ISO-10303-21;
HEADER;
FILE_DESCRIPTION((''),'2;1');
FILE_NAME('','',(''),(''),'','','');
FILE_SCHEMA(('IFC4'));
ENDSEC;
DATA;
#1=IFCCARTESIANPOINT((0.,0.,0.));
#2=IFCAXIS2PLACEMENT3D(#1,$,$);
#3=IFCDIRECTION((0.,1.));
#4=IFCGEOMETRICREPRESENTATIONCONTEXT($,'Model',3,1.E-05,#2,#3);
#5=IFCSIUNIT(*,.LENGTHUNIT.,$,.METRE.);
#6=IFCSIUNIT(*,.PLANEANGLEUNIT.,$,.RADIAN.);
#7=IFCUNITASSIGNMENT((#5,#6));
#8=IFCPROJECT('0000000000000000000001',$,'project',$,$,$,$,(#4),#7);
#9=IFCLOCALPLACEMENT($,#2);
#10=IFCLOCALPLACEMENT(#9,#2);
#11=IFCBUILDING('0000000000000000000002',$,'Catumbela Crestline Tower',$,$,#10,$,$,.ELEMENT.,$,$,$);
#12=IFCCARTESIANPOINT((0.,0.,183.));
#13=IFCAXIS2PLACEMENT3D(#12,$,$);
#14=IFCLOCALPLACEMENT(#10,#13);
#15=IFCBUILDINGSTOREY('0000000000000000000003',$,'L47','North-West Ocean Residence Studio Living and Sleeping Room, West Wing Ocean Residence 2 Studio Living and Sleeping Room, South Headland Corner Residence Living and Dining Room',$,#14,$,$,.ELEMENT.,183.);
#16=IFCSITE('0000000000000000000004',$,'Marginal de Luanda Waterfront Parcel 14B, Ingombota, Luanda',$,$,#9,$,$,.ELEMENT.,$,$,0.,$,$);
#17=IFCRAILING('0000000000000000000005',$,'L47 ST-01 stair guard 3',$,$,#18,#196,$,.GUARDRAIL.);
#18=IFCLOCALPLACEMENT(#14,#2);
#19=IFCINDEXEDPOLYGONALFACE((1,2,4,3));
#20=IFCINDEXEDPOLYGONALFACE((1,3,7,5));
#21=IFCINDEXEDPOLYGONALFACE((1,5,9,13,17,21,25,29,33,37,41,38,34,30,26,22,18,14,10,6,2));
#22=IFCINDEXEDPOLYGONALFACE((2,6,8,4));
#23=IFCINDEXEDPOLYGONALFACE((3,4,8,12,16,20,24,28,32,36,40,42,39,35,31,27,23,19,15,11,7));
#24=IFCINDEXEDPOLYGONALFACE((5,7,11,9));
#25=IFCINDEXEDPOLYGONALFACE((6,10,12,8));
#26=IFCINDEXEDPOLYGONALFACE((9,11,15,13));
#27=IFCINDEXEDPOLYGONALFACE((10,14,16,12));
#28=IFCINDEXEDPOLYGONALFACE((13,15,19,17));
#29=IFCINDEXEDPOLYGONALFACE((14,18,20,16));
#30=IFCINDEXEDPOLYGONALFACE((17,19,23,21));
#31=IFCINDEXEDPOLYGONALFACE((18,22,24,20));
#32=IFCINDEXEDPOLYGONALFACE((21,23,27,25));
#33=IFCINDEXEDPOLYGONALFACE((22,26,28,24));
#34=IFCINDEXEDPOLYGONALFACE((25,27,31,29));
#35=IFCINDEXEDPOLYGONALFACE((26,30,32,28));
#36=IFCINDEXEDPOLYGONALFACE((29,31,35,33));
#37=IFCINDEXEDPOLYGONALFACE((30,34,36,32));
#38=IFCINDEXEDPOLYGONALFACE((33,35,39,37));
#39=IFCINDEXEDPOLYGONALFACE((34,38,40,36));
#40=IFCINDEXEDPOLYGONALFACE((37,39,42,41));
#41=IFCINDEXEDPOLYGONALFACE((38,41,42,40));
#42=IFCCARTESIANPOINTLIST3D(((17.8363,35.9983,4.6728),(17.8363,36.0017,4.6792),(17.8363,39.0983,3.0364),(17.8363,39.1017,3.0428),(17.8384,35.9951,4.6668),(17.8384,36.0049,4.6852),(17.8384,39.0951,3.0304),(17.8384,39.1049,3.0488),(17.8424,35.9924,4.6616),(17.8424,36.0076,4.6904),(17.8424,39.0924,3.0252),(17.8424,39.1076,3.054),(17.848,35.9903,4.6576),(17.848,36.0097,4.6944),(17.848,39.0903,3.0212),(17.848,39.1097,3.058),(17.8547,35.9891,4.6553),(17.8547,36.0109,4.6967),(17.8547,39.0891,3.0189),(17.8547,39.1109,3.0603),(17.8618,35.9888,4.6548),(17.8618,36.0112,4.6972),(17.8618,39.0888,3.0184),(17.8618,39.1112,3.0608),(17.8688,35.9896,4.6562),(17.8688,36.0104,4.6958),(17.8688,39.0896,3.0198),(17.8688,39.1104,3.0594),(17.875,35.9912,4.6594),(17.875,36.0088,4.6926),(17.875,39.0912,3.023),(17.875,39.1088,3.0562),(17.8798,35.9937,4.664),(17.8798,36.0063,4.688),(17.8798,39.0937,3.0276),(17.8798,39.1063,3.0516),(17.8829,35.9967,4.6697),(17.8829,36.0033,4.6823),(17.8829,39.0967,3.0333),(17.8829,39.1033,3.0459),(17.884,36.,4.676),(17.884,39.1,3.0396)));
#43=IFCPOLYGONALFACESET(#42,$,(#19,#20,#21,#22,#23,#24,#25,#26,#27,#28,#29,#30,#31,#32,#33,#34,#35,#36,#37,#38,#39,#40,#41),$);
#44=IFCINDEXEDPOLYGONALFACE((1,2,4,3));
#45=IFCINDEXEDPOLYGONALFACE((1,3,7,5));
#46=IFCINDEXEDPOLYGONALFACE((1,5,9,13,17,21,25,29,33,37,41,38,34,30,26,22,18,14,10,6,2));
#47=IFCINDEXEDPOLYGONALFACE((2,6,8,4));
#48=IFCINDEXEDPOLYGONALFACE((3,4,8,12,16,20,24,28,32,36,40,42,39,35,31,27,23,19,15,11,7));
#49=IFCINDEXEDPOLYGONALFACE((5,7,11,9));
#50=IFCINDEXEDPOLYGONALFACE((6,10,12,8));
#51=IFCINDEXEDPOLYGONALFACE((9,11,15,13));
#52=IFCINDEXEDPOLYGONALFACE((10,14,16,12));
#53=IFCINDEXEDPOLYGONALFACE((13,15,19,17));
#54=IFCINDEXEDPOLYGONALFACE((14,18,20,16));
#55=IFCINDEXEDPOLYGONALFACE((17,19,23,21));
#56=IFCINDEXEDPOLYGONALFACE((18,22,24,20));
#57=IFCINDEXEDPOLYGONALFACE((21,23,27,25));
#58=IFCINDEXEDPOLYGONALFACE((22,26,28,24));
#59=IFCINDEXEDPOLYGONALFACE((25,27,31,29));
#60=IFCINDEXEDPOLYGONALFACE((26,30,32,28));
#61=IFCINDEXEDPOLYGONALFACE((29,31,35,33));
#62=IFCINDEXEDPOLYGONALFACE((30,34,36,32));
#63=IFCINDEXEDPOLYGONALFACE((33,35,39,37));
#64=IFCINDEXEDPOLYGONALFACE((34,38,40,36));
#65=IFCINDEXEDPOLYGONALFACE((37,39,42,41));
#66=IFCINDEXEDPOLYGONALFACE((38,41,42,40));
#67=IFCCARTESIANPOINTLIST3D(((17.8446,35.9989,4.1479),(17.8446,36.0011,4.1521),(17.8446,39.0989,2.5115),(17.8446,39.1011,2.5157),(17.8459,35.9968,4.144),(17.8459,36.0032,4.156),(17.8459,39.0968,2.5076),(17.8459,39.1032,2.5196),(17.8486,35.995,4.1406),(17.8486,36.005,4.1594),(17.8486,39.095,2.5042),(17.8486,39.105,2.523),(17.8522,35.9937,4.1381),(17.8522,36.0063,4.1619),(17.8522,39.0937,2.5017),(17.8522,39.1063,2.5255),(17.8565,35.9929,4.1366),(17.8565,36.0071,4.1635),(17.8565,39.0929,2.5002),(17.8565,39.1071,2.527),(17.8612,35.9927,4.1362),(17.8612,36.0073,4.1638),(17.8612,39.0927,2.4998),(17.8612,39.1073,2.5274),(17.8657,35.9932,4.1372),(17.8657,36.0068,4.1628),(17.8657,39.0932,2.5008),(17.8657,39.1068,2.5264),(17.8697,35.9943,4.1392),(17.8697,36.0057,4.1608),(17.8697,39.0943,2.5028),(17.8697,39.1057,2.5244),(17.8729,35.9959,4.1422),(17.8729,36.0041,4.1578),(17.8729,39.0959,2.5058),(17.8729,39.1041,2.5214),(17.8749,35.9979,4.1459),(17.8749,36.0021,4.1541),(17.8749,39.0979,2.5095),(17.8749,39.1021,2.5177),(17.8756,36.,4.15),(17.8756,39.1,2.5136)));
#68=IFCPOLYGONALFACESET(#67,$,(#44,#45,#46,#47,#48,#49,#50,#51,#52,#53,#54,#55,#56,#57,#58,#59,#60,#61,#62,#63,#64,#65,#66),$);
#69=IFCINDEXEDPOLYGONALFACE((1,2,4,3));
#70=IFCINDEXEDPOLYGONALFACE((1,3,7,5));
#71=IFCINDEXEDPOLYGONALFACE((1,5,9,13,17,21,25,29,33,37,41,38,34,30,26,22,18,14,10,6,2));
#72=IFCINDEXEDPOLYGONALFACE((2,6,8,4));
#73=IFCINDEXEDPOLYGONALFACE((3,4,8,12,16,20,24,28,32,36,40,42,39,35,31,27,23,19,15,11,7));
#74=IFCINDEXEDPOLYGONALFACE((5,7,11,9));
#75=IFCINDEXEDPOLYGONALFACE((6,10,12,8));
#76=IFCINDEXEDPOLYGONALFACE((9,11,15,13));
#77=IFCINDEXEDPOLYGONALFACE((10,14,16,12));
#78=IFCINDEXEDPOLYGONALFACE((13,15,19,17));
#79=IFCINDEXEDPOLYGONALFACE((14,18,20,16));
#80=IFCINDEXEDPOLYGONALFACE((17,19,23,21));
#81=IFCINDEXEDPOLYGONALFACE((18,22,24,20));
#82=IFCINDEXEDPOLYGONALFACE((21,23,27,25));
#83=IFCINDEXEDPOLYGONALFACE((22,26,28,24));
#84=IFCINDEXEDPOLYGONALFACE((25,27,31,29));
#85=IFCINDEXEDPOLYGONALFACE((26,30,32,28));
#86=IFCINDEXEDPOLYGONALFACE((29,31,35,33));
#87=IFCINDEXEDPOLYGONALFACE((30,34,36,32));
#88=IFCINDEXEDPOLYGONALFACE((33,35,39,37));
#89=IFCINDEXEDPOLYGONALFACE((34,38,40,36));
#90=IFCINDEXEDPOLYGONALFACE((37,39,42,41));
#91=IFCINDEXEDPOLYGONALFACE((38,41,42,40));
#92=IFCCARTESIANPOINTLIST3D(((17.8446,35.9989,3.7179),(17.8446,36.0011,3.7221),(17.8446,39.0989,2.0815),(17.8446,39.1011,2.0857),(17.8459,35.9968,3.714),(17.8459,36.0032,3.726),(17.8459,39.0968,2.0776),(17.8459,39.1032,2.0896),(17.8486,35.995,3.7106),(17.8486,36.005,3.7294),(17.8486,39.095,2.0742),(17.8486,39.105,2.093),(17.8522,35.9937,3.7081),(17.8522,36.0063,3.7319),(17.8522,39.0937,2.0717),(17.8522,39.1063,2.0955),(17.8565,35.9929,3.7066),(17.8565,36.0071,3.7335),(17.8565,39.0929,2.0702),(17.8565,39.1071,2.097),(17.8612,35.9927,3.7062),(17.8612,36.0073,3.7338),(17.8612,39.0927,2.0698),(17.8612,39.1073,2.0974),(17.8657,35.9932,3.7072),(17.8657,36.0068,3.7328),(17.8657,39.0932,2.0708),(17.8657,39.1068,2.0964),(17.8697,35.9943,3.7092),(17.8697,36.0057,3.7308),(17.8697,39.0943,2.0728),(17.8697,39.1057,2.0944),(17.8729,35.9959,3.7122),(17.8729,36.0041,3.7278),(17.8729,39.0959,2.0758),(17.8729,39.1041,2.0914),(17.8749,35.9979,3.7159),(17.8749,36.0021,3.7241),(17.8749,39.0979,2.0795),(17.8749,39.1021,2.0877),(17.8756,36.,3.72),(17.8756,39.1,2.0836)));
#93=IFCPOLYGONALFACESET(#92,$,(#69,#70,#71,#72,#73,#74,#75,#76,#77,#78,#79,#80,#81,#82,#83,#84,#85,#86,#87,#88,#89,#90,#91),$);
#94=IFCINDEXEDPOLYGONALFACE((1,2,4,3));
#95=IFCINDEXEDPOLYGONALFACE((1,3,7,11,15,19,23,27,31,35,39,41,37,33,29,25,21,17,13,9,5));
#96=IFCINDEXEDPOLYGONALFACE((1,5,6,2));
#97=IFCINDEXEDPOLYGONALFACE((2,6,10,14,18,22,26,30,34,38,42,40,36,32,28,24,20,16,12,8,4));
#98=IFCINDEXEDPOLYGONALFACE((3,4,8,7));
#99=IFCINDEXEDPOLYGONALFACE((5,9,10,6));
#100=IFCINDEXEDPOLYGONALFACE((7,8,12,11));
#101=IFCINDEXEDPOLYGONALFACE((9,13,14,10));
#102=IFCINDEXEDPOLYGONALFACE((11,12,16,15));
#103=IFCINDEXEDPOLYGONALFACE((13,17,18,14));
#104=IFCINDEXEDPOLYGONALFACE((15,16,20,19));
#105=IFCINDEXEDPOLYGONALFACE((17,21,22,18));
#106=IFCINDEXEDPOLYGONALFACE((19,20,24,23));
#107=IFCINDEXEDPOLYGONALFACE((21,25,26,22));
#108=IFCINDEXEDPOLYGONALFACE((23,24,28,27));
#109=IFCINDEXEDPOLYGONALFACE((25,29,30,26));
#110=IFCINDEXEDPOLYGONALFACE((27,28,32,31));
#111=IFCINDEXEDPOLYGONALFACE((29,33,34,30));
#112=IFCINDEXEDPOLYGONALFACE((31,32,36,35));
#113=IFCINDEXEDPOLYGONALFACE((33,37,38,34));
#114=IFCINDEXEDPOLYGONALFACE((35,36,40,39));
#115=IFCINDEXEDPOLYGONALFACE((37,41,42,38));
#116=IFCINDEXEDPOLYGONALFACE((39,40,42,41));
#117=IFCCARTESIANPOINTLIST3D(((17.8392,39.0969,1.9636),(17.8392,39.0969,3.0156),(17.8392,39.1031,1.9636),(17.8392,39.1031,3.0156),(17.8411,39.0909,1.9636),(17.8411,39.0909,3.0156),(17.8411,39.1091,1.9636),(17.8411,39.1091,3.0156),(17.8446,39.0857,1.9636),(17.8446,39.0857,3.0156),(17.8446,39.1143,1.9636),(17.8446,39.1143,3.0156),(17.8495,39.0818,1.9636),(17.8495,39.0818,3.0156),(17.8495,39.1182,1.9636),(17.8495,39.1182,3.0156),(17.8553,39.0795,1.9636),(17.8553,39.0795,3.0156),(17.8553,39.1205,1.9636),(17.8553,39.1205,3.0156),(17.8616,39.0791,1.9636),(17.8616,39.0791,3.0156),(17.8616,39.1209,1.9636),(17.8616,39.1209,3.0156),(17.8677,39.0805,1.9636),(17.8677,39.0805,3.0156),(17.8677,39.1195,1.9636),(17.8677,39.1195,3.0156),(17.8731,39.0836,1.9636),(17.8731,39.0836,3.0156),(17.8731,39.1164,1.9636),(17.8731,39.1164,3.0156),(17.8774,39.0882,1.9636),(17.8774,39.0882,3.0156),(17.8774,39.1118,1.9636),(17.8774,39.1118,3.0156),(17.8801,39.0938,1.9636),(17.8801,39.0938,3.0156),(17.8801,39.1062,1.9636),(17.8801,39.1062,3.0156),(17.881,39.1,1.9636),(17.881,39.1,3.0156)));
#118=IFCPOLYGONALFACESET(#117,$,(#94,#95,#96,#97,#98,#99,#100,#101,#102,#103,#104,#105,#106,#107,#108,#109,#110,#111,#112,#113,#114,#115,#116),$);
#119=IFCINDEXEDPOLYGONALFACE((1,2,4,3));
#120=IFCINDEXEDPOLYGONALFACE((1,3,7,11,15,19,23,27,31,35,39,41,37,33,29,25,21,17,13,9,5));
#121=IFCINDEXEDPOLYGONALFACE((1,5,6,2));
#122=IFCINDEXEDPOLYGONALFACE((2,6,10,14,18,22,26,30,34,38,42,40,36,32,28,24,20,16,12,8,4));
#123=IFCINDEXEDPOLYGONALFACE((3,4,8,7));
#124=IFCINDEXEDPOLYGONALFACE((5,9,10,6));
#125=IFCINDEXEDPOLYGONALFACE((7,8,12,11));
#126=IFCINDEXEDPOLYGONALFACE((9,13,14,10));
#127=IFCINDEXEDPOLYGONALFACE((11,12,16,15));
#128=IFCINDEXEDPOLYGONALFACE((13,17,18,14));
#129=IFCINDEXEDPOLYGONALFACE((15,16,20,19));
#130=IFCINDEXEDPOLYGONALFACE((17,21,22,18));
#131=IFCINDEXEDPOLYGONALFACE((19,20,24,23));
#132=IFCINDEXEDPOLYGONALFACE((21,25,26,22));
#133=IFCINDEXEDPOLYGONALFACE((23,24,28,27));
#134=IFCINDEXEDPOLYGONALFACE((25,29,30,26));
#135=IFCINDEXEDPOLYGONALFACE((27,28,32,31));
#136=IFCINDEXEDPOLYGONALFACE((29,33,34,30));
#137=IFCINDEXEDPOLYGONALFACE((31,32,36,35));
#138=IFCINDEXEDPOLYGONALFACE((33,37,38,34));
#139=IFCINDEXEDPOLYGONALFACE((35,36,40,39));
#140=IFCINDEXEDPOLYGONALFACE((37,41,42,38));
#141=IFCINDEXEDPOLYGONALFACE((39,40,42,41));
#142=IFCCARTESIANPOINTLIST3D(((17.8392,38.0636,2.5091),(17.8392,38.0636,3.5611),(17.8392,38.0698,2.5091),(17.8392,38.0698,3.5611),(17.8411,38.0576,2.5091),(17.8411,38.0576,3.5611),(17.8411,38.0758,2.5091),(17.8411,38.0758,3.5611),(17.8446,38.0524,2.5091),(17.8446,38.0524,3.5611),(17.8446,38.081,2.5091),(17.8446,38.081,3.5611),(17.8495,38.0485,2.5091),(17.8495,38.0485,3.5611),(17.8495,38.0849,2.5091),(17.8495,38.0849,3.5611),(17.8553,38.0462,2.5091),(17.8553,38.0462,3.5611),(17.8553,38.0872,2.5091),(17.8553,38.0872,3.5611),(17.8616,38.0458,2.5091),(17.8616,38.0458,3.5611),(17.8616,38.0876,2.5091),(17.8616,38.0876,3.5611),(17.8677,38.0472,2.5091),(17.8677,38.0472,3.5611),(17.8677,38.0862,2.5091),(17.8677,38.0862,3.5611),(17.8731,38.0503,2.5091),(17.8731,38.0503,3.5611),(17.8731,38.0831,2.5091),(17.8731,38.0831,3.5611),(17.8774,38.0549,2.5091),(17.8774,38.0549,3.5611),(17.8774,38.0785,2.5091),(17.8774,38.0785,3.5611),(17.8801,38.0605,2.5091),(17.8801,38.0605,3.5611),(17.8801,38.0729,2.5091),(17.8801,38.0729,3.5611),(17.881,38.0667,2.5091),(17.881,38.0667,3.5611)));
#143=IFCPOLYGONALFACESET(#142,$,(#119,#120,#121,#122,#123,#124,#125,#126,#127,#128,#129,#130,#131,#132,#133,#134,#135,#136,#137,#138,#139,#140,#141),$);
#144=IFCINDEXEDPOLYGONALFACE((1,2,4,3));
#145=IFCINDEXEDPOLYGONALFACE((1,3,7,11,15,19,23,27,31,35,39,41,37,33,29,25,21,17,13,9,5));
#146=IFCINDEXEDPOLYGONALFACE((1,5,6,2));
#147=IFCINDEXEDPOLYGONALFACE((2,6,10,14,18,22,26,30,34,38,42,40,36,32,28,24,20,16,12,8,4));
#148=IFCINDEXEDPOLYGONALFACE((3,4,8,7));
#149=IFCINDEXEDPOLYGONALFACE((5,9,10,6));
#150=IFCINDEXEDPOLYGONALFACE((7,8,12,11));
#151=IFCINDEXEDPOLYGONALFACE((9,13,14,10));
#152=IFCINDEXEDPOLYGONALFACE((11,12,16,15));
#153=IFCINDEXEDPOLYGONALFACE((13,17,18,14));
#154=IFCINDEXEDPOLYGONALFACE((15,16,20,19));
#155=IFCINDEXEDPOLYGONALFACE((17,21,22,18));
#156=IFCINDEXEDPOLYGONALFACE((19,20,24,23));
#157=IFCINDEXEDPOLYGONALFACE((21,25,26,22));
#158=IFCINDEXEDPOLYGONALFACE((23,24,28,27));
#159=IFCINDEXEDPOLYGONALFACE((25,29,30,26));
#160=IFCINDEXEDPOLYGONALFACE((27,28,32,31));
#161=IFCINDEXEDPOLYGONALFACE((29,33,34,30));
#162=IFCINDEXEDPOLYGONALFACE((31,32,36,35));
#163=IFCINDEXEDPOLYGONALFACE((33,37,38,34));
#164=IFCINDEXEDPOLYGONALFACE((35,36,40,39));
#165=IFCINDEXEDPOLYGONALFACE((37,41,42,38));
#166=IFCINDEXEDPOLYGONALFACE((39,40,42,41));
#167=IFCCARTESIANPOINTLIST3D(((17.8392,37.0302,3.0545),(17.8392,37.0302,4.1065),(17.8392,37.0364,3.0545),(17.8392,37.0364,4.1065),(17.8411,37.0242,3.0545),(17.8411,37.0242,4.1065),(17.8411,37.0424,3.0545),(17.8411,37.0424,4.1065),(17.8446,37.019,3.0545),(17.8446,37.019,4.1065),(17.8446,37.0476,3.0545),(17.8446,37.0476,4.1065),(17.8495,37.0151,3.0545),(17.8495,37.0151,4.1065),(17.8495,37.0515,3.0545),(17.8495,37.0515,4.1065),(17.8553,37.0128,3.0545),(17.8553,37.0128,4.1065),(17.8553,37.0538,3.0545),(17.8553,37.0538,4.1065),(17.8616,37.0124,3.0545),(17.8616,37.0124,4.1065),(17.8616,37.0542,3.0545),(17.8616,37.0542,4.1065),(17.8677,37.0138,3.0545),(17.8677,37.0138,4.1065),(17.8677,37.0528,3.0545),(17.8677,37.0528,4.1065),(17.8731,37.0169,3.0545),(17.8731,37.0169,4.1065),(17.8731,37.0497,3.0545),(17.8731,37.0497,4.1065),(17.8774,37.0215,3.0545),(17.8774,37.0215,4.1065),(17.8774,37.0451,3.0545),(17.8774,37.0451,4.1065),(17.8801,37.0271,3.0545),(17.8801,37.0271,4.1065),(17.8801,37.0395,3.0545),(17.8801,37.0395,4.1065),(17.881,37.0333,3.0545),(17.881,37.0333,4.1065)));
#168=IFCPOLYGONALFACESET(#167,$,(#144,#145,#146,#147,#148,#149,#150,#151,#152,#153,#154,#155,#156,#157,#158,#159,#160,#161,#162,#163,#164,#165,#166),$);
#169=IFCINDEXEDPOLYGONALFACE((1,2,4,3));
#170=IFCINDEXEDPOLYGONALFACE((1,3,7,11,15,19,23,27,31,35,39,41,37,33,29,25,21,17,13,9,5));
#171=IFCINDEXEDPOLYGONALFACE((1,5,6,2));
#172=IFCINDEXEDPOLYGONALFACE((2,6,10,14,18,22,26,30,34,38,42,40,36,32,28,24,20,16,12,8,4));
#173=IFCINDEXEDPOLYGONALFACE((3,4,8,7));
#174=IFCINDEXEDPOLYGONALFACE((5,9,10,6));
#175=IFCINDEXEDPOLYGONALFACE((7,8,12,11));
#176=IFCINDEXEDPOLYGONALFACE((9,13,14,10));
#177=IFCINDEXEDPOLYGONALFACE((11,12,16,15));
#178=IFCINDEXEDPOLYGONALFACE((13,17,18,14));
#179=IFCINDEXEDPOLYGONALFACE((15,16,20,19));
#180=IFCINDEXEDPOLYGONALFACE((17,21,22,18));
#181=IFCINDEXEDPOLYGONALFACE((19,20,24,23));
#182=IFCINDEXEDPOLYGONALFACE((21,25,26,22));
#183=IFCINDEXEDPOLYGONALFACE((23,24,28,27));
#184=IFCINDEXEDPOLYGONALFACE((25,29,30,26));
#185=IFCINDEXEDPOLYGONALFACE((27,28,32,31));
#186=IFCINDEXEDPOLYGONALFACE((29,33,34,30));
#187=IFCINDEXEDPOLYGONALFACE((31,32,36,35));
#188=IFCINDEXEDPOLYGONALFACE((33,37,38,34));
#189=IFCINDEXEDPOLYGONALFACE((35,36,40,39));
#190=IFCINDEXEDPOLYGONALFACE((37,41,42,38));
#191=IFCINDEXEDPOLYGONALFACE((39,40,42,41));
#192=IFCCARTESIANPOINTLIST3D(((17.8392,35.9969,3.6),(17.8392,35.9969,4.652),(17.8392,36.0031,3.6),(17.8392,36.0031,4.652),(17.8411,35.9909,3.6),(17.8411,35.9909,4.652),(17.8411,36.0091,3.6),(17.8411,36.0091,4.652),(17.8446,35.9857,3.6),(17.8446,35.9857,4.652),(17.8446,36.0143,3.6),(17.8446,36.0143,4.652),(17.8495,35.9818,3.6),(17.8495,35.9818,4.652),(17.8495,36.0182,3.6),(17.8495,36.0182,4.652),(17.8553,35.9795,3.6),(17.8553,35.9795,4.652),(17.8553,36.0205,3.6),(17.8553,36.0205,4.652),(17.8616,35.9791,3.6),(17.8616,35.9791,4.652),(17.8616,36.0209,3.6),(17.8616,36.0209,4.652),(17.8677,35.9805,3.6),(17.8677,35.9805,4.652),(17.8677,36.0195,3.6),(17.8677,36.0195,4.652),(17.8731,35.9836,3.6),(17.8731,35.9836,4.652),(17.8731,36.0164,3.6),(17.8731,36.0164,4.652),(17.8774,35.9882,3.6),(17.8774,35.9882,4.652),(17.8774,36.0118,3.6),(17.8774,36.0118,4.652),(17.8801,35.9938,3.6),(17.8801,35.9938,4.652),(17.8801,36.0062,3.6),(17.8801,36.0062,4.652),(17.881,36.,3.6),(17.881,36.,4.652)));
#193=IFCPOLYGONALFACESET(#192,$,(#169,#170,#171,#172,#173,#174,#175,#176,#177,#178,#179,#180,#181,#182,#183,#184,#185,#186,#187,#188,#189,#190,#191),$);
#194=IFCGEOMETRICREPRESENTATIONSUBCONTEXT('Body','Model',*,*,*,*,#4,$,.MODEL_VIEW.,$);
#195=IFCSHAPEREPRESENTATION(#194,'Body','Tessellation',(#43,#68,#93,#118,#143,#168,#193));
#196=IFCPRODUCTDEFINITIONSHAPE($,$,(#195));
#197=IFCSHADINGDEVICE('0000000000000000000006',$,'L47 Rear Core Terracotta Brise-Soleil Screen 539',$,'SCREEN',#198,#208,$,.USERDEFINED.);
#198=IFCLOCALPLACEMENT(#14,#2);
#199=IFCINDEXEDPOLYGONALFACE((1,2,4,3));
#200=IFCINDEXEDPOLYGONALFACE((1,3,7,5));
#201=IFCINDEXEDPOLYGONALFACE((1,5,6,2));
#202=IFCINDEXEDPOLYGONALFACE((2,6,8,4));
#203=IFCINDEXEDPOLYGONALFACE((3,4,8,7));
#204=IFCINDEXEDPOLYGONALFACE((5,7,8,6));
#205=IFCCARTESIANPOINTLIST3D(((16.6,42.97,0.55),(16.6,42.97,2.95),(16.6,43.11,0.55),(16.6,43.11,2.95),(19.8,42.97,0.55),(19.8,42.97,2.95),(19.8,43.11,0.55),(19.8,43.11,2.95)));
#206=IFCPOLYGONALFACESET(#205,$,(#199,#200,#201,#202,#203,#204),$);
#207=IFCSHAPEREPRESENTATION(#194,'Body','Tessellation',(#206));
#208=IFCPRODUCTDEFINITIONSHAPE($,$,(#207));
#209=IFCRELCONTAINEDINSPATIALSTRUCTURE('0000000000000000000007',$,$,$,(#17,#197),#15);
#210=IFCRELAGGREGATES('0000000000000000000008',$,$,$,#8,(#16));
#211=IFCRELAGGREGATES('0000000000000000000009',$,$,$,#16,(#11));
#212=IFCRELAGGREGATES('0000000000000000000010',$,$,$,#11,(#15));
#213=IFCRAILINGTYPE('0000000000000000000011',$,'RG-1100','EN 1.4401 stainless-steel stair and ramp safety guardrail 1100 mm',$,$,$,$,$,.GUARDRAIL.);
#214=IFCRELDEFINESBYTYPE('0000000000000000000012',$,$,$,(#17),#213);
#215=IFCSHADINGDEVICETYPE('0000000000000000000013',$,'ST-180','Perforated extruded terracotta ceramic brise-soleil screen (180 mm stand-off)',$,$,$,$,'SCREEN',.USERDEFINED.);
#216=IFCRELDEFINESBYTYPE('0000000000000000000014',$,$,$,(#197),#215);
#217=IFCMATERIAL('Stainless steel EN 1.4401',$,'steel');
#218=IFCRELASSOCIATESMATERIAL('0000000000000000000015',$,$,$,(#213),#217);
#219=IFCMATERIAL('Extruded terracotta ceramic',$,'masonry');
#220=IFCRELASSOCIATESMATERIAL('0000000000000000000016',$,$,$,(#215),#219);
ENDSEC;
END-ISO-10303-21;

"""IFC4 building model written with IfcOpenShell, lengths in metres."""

from ifc_helpers import new_model, si_unit, direction, frame, origin, origin_2d, place, context, subcontext, project, spatial, rectangle, circle, extrude, material, type_object, element, save


model = new_model("IFC4")

# Units and contexts
model_context = context("Model", 3, precision=1e-05, world=origin(), true_north=direction((0.0, 1.0)))
body_context = subcontext(model_context, "Body", "Model", "MODEL_VIEW")
ifc_project = project(units=[si_unit("LENGTHUNIT", "METRE"), si_unit("PLANEANGLEUNIT", "RADIAN")], contexts=[model_context])

# Site, building, storey
site_placement = place(None, origin())
site = spatial("IfcSite", under=ifc_project, at=site_placement, Name="Marginal de Luanda Waterfront Parcel 14B, Ingombota, Luanda", CompositionType="ELEMENT", RefElevation=0.0)
building_placement = place(site_placement, origin())
building = spatial("IfcBuilding", under=site, at=building_placement, Name="Catumbela Crestline Tower", CompositionType="ELEMENT")
storey_placement = place(building_placement, frame((0.0, 0.0, 183.0)))
storey = spatial("IfcBuildingStorey", under=building, at=storey_placement, Name="L47", Description="North-West Ocean Residence Studio Living and Sleeping Room, West Wing Ocean Residence 2 Studio Living and Sleeping Room, South Headland Corner Residence Living and Dining Room", CompositionType="ELEMENT", Elevation=183.0)

# Railing
ifc_material_1 = material(Name="Stainless steel EN 1.4401", Category="steel")
railing_type = type_object("IfcRailingType", Name="RG-1100", Description="EN 1.4401 stainless-steel stair and ramp safety guardrail 1100 mm", PredefinedType="GUARDRAIL", material=ifc_material_1)
railing_1_placement = place(storey_placement, frame((17.86, 39.1, 1.9636)))
element("IfcRailing", 1, at=railing_1_placement, inside=storey, type_object=railing_type, Name="L47 ST-01 stair guard 3", PredefinedType="GUARDRAIL", context=body_context, shape_type="SweptSolid", body=[
    extrude(circle(Radius=0.024, at=origin_2d()), frame((0.0, 0.0, 1.076), z_axis=(0.0, -0.884351, 0.466823), x_axis=(1.0, 0.0, 0.0)), (0.0, 0.0, 1.0), 3.5054),
    extrude(circle(Radius=0.0156, at=origin_2d()), frame((0.0, 0.0, 0.55), z_axis=(0.0, -0.884351, 0.466823), x_axis=(1.0, 0.0, 0.0)), (0.0, 0.0, 1.0), 3.5054),
    extrude(circle(Radius=0.0156, at=origin_2d()), frame((0.0, 0.0, 0.12), z_axis=(0.0, -0.884351, 0.466823), x_axis=(1.0, 0.0, 0.0)), (0.0, 0.0, 1.0), 3.5054),
    extrude(circle(Radius=0.021, at=origin_2d()), origin(), (0.0, 0.0, 1.0), 1.052),
    extrude(circle(Radius=0.021, at=origin_2d()), frame((0.0, -1.0333, 0.5455)), (0.0, 0.0, 1.0), 1.052),
    extrude(circle(Radius=0.021, at=origin_2d()), frame((0.0, -2.0667, 1.0909)), (0.0, 0.0, 1.0), 1.052),
    extrude(circle(Radius=0.021, at=origin_2d()), frame((0.0, -3.1, 1.6364)), (0.0, 0.0, 1.0), 1.052),
])

# Shading device
ifc_material_2 = material(Name="Extruded terracotta ceramic", Category="masonry")
shading_device_type = type_object("IfcShadingDeviceType", Name="ST-180", Description="Perforated extruded terracotta ceramic brise-soleil screen (180 mm stand-off)", ElementType="SCREEN", PredefinedType="USERDEFINED", material=ifc_material_2)
shading_device_placement = place(storey_placement, frame((18.2, 43.04, 0.55), z_axis=(0.0, 0.0, 1.0), x_axis=(1.0, 0.0, 0.0)))
element("IfcShadingDevice", 2, at=shading_device_placement, inside=storey, type_object=shading_device_type, Name="L47 Rear Core Terracotta Brise-Soleil Screen 539", ObjectType="SCREEN", PredefinedType="USERDEFINED", context=body_context, shape_type="SweptSolid", body=[
    extrude(rectangle(XDim=3.2, YDim=0.14, at=origin_2d()), origin(), (0.0, 0.0, 1.0), 2.4),
])

save(model, "model.ifc")
